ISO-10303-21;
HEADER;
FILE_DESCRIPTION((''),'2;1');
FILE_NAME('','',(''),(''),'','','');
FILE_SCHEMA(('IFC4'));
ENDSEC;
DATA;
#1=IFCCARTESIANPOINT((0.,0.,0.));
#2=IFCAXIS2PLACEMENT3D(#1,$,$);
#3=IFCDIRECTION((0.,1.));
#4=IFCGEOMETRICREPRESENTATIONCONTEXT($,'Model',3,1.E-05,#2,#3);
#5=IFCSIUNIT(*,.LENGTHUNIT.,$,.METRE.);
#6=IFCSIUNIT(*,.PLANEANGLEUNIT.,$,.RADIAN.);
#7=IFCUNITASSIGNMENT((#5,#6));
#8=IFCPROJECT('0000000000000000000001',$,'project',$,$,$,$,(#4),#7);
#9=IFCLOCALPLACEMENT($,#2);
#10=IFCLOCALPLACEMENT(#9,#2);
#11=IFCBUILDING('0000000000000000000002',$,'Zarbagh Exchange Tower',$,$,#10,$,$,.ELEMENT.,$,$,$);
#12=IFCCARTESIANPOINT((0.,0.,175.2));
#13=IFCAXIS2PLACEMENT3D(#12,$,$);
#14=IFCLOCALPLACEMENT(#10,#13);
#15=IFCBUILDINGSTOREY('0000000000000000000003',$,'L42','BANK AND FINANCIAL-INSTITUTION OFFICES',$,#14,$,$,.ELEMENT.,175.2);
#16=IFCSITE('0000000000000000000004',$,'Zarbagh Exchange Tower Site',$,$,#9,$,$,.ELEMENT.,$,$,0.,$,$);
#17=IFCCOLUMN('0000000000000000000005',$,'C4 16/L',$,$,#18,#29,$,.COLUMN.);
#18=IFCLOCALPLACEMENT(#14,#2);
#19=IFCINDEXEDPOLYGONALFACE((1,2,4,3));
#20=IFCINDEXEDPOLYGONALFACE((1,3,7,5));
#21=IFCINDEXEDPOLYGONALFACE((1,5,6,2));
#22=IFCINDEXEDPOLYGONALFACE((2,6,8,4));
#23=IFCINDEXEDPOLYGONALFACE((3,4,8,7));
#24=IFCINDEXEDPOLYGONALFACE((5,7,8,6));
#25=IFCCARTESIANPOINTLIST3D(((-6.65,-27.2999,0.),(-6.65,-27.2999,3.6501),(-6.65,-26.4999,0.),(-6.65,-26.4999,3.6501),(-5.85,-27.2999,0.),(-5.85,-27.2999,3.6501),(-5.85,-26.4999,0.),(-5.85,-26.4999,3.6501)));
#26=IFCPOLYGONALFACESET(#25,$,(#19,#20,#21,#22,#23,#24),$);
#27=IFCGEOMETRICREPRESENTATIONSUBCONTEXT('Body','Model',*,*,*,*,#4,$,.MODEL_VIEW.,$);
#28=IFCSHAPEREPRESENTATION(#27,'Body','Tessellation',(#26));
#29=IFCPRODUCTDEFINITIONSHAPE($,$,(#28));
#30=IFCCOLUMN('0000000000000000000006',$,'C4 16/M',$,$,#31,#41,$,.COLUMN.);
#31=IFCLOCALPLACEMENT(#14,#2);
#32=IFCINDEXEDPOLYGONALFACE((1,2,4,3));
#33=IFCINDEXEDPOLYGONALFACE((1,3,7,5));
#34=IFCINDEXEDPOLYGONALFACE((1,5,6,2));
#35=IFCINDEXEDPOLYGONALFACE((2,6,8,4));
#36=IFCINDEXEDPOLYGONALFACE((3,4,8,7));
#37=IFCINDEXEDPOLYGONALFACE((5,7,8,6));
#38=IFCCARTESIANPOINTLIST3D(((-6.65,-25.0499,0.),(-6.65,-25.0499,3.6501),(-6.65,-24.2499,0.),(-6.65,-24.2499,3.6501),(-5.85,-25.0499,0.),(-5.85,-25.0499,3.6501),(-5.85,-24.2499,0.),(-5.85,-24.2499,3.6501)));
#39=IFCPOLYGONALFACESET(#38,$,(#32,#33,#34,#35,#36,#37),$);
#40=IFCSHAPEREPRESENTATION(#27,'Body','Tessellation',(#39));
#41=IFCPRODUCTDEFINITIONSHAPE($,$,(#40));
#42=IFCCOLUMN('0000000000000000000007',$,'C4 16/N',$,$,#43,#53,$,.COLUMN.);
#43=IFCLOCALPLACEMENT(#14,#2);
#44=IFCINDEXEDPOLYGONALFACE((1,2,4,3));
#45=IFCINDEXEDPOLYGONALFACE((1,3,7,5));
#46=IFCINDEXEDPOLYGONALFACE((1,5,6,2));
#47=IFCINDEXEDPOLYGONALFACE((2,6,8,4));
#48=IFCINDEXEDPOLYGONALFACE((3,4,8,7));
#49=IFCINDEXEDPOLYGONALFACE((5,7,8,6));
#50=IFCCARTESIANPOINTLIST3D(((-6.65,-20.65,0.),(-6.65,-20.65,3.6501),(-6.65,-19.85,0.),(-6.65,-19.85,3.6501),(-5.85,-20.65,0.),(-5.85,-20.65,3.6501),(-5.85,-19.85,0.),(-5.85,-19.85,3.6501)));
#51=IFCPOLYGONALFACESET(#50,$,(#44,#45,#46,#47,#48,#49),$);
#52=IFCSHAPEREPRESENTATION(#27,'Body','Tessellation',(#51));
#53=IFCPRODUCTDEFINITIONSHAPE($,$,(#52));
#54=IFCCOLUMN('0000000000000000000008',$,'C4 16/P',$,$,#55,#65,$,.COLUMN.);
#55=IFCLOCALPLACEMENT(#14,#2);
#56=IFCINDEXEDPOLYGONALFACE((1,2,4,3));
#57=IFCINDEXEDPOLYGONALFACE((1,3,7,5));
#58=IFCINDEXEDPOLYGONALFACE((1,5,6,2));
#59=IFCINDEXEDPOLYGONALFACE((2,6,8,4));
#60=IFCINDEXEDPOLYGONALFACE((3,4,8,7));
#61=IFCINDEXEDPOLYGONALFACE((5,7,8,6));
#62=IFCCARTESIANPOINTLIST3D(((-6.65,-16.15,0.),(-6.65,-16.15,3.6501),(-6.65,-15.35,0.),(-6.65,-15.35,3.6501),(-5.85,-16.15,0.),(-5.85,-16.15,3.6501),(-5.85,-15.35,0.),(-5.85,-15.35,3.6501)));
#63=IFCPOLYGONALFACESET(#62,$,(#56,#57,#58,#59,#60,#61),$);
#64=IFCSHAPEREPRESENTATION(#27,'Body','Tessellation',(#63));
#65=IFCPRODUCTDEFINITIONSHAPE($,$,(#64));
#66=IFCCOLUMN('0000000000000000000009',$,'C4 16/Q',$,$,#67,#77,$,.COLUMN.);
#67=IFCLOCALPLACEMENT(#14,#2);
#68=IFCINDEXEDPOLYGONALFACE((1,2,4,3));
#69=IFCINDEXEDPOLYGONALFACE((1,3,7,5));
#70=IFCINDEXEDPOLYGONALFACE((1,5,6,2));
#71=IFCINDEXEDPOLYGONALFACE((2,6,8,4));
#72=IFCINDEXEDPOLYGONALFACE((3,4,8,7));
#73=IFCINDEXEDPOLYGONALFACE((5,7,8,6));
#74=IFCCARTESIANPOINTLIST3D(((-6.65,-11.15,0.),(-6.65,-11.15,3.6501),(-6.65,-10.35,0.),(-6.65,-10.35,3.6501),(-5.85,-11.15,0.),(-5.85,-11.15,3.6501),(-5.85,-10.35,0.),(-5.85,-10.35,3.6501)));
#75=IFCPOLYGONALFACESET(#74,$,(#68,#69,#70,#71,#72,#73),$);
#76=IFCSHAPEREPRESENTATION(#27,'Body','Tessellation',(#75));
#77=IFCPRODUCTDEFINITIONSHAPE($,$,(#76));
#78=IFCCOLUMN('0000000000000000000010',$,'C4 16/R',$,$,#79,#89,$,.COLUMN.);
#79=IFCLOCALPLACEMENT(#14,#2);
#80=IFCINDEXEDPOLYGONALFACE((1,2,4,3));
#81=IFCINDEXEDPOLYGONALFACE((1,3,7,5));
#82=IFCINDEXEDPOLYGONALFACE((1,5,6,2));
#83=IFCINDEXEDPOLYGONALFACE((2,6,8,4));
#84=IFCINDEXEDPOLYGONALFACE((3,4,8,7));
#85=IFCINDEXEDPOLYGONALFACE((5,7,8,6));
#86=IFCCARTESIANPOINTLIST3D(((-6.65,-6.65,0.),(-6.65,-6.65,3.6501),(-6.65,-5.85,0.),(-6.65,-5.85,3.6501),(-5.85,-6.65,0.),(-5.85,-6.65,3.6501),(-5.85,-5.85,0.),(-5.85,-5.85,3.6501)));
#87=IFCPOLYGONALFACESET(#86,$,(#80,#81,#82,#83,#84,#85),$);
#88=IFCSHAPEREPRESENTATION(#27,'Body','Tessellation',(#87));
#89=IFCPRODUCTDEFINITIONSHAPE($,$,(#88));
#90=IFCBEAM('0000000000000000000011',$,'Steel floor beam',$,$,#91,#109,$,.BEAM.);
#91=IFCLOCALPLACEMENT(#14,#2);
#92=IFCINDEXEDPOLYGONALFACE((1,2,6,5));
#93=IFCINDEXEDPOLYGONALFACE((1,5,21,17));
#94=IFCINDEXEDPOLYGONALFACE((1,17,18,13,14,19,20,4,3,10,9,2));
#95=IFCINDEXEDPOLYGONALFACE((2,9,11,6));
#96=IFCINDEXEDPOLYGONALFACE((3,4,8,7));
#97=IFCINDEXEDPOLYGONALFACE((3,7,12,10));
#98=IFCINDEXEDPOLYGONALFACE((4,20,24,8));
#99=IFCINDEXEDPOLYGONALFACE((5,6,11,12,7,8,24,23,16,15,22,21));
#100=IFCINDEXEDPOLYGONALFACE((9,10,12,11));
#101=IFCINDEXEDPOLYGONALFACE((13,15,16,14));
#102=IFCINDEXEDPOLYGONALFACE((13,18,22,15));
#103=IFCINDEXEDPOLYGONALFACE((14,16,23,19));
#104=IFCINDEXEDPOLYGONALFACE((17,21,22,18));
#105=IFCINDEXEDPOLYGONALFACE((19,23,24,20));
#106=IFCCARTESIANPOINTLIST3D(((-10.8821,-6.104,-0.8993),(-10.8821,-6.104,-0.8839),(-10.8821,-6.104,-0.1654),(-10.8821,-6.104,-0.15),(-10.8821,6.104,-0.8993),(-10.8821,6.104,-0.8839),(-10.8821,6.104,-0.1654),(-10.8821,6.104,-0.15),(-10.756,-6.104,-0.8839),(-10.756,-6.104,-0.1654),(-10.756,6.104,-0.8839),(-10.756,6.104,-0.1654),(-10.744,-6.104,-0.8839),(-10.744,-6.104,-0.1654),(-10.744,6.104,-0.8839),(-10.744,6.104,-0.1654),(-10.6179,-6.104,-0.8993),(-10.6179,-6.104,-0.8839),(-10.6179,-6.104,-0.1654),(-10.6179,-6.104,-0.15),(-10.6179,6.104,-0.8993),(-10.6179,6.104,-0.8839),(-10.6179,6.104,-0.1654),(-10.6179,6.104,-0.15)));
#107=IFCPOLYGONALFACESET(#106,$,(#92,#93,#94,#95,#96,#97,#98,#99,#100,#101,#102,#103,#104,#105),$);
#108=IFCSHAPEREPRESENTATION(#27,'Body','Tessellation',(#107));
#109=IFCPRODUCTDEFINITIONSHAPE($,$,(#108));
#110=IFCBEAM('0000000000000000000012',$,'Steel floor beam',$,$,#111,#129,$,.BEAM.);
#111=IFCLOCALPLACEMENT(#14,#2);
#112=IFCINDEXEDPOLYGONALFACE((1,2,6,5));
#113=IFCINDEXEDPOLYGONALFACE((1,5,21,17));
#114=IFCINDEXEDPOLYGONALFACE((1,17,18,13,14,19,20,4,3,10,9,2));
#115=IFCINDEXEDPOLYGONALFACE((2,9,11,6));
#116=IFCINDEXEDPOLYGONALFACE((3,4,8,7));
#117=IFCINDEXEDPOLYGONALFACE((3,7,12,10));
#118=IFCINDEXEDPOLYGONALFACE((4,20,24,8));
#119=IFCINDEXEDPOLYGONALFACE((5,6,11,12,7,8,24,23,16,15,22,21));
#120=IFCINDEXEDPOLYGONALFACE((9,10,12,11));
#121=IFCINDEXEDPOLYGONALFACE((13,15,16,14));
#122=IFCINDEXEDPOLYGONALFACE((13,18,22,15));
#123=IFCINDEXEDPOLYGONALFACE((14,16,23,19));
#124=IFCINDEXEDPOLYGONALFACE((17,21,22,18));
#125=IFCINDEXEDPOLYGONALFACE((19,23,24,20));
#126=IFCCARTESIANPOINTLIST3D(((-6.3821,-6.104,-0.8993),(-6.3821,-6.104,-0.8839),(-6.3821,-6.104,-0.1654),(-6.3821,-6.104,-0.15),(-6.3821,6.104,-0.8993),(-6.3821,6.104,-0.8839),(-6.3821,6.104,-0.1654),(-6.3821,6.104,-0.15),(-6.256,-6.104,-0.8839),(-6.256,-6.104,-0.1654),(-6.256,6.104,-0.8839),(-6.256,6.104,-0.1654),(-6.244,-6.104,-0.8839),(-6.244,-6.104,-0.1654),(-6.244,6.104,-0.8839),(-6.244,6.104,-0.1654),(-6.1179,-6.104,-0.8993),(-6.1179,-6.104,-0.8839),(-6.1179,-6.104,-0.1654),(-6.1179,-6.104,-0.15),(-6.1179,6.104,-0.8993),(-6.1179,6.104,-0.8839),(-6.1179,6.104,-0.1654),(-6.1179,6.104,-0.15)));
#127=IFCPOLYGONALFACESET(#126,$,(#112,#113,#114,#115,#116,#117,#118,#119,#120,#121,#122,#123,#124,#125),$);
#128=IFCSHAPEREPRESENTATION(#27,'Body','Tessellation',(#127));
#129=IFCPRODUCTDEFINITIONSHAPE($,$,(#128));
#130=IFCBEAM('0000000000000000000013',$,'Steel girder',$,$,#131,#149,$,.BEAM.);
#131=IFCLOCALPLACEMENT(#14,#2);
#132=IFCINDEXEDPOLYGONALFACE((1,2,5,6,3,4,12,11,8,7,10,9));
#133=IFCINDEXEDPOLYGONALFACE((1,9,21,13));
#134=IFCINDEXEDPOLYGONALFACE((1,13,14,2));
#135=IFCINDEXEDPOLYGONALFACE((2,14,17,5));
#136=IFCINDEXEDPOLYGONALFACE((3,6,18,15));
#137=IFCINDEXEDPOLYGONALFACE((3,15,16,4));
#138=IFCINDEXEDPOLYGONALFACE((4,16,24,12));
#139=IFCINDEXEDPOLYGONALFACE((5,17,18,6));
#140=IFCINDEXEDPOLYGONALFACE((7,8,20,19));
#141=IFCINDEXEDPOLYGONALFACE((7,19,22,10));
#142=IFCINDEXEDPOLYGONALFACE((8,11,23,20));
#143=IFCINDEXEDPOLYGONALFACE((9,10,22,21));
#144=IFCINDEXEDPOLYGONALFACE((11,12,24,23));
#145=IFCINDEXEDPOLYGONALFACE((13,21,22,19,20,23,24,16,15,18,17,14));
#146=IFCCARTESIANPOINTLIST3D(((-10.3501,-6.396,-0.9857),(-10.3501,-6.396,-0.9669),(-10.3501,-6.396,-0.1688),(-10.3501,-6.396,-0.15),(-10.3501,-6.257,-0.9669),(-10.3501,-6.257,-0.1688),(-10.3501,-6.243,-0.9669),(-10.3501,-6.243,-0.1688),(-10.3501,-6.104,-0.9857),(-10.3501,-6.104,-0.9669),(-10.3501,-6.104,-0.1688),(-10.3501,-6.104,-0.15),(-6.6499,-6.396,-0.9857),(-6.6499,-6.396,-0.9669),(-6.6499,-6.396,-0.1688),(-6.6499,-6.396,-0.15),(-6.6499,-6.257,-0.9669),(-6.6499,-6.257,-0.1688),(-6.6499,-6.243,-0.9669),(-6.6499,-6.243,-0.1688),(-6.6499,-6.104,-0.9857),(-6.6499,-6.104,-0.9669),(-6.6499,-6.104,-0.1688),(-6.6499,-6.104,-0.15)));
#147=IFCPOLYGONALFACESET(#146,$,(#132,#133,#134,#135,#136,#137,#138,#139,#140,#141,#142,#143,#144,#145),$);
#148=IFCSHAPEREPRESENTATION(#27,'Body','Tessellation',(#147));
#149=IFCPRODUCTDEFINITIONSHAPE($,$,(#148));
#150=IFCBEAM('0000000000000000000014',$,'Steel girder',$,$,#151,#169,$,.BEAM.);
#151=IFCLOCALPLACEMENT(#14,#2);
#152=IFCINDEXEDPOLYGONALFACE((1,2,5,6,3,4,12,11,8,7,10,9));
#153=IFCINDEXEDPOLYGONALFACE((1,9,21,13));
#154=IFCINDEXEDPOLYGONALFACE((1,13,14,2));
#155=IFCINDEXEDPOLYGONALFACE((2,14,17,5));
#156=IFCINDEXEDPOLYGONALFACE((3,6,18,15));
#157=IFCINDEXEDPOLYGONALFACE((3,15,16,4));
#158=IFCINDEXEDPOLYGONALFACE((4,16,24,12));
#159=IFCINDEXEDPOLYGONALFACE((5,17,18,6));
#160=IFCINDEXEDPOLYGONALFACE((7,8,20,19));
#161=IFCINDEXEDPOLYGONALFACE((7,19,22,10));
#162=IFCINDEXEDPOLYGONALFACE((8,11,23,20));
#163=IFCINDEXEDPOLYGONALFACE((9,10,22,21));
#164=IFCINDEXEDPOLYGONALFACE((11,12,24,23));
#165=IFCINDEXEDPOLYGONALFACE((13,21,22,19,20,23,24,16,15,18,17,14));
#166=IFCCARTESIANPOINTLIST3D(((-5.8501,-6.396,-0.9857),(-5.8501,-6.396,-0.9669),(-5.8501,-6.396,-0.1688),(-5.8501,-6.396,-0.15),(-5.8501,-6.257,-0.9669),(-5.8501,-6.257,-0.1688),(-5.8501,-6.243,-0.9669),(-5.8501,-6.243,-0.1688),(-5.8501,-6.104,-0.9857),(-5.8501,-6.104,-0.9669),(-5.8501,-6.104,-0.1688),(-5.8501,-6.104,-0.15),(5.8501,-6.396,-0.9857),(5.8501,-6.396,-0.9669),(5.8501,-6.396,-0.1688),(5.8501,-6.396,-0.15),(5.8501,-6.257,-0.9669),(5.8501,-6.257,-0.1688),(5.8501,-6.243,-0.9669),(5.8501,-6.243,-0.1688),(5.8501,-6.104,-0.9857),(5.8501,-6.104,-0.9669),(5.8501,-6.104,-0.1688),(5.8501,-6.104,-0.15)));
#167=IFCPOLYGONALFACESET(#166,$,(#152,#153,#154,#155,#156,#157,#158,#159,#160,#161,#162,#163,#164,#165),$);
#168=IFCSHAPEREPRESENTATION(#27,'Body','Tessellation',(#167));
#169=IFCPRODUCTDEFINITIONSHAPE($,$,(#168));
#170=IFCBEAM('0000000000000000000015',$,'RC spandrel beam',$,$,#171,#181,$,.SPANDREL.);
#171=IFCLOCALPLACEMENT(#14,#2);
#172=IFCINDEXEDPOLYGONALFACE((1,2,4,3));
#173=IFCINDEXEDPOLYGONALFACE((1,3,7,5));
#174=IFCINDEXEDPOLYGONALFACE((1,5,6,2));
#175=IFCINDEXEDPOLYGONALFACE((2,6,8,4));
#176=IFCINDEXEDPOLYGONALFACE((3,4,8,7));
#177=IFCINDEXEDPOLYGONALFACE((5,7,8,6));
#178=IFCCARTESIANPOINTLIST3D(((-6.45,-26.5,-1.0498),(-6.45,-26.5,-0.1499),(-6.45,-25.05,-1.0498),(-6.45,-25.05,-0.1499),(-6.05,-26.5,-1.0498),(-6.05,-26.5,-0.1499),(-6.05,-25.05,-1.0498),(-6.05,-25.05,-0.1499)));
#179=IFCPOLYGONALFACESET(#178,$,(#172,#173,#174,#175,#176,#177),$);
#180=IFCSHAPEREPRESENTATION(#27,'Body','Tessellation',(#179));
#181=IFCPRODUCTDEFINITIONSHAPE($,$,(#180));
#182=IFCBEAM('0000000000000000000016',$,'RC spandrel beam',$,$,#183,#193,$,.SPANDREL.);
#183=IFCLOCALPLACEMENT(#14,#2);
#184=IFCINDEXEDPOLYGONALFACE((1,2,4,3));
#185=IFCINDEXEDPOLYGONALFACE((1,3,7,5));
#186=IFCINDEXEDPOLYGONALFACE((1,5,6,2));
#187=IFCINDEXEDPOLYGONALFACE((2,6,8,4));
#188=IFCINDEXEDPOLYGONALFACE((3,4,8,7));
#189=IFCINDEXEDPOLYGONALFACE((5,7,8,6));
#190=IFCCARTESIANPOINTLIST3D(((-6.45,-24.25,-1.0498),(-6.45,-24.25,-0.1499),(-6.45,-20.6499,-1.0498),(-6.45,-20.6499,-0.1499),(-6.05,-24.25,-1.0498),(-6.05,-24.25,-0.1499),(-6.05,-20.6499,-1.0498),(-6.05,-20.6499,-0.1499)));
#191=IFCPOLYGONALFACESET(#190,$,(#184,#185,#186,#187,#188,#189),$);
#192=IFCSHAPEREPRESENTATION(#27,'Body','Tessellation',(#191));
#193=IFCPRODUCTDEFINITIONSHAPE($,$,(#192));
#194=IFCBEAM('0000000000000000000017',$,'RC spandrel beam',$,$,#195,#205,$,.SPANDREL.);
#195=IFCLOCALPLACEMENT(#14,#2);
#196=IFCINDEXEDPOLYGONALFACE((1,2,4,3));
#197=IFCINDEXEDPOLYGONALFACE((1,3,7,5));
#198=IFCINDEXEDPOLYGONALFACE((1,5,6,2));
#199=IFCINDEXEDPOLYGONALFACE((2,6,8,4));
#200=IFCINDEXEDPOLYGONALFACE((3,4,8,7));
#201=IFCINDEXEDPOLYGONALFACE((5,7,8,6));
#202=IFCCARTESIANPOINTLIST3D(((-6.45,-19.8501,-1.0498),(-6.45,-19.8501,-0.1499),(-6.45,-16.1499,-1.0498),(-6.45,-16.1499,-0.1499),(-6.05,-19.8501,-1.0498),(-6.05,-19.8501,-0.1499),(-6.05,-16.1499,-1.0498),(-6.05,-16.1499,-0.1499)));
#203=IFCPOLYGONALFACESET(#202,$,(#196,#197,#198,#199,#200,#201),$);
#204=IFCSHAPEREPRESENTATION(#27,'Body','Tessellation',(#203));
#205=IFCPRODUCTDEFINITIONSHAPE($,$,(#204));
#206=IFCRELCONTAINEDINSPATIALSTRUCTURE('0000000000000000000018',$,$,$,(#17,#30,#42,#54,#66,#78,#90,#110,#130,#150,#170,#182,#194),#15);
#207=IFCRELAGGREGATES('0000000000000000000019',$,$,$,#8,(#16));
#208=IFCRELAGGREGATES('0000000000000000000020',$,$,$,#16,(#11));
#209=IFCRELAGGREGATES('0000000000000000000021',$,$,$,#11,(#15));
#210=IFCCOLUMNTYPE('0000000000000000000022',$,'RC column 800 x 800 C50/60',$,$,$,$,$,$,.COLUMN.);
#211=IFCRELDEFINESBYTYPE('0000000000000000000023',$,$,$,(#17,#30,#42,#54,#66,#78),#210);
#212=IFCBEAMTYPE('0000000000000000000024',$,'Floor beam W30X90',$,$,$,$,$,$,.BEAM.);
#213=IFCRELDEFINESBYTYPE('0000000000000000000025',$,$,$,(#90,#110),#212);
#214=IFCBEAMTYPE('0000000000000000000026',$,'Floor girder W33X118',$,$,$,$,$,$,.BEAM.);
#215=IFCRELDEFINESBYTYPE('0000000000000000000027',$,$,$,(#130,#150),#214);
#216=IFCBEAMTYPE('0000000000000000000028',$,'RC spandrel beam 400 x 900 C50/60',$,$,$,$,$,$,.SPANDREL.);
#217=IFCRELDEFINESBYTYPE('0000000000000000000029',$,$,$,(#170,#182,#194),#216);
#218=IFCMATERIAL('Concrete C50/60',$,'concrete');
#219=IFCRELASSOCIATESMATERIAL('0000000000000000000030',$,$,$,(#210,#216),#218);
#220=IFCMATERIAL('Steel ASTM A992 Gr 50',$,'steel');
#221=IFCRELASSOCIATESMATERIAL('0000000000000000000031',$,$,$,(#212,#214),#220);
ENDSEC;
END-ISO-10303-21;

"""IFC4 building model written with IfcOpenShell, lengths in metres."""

from ifc_helpers import new_model, si_unit, direction, frame, origin, origin_2d, place, context, subcontext, project, spatial, rectangle, i_section, extrude, material, material_profile, profile_set, type_object, element, save


model = new_model("IFC4")

# Units and contexts
model_context = context("Model", 3, precision=1e-05, world=origin(), true_north=direction((0.0, 1.0)))
body_context = subcontext(model_context, "Body", "Model", "MODEL_VIEW")
ifc_project = project(units=[si_unit("LENGTHUNIT", "METRE"), si_unit("PLANEANGLEUNIT", "RADIAN")], contexts=[model_context])

# Site, building, storey
site_placement = place(None, origin())
site = spatial("IfcSite", under=ifc_project, at=site_placement, Name="Zarbagh Exchange Tower Site", CompositionType="ELEMENT", RefElevation=0.0)
building_placement = place(site_placement, origin())
building = spatial("IfcBuilding", under=site, at=building_placement, Name="Zarbagh Exchange Tower", CompositionType="ELEMENT")
storey_placement = place(building_placement, frame((0.0, 0.0, 175.2)))
storey = spatial("IfcBuildingStorey", under=building, at=storey_placement, Name="L42", Description="BANK AND FINANCIAL-INSTITUTION OFFICES", CompositionType="ELEMENT", Elevation=175.2)

# Columns
ifc_material_1 = material(Name="Concrete C50/60", Category="concrete")
ifc_material_profile_1 = material_profile(ifc_material_1, rectangle(XDim=0.8, YDim=0.8, at=origin_2d()), Name="RC column 800 x 800 C50/60")
ifc_profile_set_1 = profile_set([ifc_material_profile_1], Name="Concrete C50/60")
column_type = type_object("IfcColumnType", Name="RC column 800 x 800 C50/60", PredefinedType="COLUMN", material=ifc_profile_set_1)
for number, where, z_axis, x_axis, name in (
    (1, (-6.25, -26.8999, 0.0), (0.0, 0.0, 1.0), (1.0, 0.0, 0.0), "C4 16/L"),
    (2, (-6.25, -24.6499, 0.0), (0.0, 0.0, 1.0), (1.0, 0.0, 0.0), "C4 16/M"),
    (3, (-6.25, -20.25, 0.0), (0.0, 0.0, 1.0), (1.0, 0.0, 0.0), "C4 16/N"),
    (4, (-6.25, -15.75, 0.0), (0.0, 0.0, 1.0), (1.0, 0.0, 0.0), "C4 16/P"),
    (5, (-6.25, -10.75, 0.0), (0.0, 0.0, 1.0), (1.0, 0.0, 0.0), "C4 16/Q"),
    (6, (-6.25, -6.25, 0.0), (0.0, 0.0, 1.0), (1.0, 0.0, 0.0), "C4 16/R"),
):
    element("IfcColumn", number, at=place(storey_placement, frame(where, z_axis=z_axis, x_axis=x_axis)), inside=storey, type_object=column_type, Name=name, PredefinedType="COLUMN", context=body_context, shape_type="SweptSolid", body=[
        extrude(rectangle(XDim=0.8, YDim=0.8, at=origin_2d()), origin(), (0.0, 0.0, 1.0), 3.6501),
    ])

# Beams
ifc_material_2 = material(Name="Steel ASTM A992 Gr 50", Category="steel")
ifc_material_profile_2 = material_profile(ifc_material_2, i_section(OverallWidth=0.2642, OverallDepth=0.7493, WebThickness=0.012, FlangeThickness=0.0154, at=origin_2d()), Name="W30X90")
ifc_profile_set_2 = profile_set([ifc_material_profile_2], Name="Steel ASTM A992 Gr 50")
beam_type_1 = type_object("IfcBeamType", Name="Floor beam W30X90", PredefinedType="BEAM", material=ifc_profile_set_2)
for number, where, z_axis, x_axis, name in (
    (7, (-10.75, -6.104, -0.5247), (0.0, 1.0, 0.0), (-1.0, 0.0, 0.0), "Steel floor beam"),
    (8, (-6.25, -6.104, -0.5247), (0.0, 1.0, 0.0), (-1.0, 0.0, 0.0), "Steel floor beam"),
):
    element("IfcBeam", number, at=place(storey_placement, frame(where, z_axis=z_axis, x_axis=x_axis)), inside=storey, type_object=beam_type_1, Name=name, PredefinedType="BEAM", context=body_context, shape_type="SweptSolid", body=[
        extrude(i_section(OverallWidth=0.2642, OverallDepth=0.7493, WebThickness=0.012, FlangeThickness=0.0154, at=origin_2d()), origin(), (0.0, 0.0, 1.0), 12.208),
    ])
ifc_material_profile_3 = material_profile(ifc_material_2, i_section(OverallWidth=0.292, OverallDepth=0.8357, WebThickness=0.0139, FlangeThickness=0.0188, at=origin_2d()), Name="W33X118")
ifc_profile_set_3 = profile_set([ifc_material_profile_3], Name="Steel ASTM A992 Gr 50")
beam_type_2 = type_object("IfcBeamType", Name="Floor girder W33X118", PredefinedType="BEAM", material=ifc_profile_set_3)
beam_1_placement = place(storey_placement, frame((-10.3501, -6.25, -0.5679), z_axis=(1.0, 0.0, 0.0), x_axis=(0.0, 1.0, 0.0)))
element("IfcBeam", 9, at=beam_1_placement, inside=storey, type_object=beam_type_2, Name="Steel girder", PredefinedType="BEAM", context=body_context, shape_type="SweptSolid", body=[
    extrude(i_section(OverallWidth=0.292, OverallDepth=0.8357, WebThickness=0.0139, FlangeThickness=0.0188, at=origin_2d()), origin(), (0.0, 0.0, 1.0), 3.7002),
])
beam_2_placement = place(storey_placement, frame((-5.8501, -6.25, -0.5679), z_axis=(1.0, 0.0, 0.0), x_axis=(0.0, 1.0, 0.0)))
element("IfcBeam", 10, at=beam_2_placement, inside=storey, type_object=beam_type_2, Name="Steel girder", PredefinedType="BEAM", context=body_context, shape_type="SweptSolid", body=[
    extrude(i_section(OverallWidth=0.292, OverallDepth=0.8357, WebThickness=0.0139, FlangeThickness=0.0188, at=origin_2d()), origin(), (0.0, 0.0, 1.0), 11.7002),
])
ifc_material_profile_4 = material_profile(ifc_material_1, rectangle(XDim=0.3999, YDim=0.8999, at=origin_2d()), Name="RC spandrel beam 400 x 900 C50/60")
ifc_profile_set_4 = profile_set([ifc_material_profile_4], Name="Concrete C50/60")
beam_type_3 = type_object("IfcBeamType", Name="RC spandrel beam 400 x 900 C50/60", PredefinedType="SPANDREL", material=ifc_profile_set_4)
beam_3_placement = place(storey_placement, frame((-6.25, -26.5, -0.5999), z_axis=(0.0, 1.0, 0.0), x_axis=(-1.0, 0.0, 0.0)))
element("IfcBeam", 11, at=beam_3_placement, inside=storey, type_object=beam_type_3, Name="RC spandrel beam", PredefinedType="SPANDREL", context=body_context, shape_type="SweptSolid", body=[
    extrude(rectangle(XDim=0.3999, YDim=0.8999, at=origin_2d()), origin(), (0.0, 0.0, 1.0), 1.45),
])
beam_4_placement = place(storey_placement, frame((-6.25, -24.25, -0.5999), z_axis=(0.0, 1.0, 0.0), x_axis=(-1.0, 0.0, 0.0)))
element("IfcBeam", 12, at=beam_4_placement, inside=storey, type_object=beam_type_3, Name="RC spandrel beam", PredefinedType="SPANDREL", context=body_context, shape_type="SweptSolid", body=[
    extrude(rectangle(XDim=0.3999, YDim=0.8999, at=origin_2d()), origin(), (0.0, 0.0, 1.0), 3.6001),
])
beam_5_placement = place(storey_placement, frame((-6.25, -19.8501, -0.5999), z_axis=(0.0, 1.0, 0.0), x_axis=(-1.0, 0.0, 0.0)))
element("IfcBeam", 13, at=beam_5_placement, inside=storey, type_object=beam_type_3, Name="RC spandrel beam", PredefinedType="SPANDREL", context=body_context, shape_type="SweptSolid", body=[
    extrude(rectangle(XDim=0.3999, YDim=0.8999, at=origin_2d()), origin(), (0.0, 0.0, 1.0), 3.7002),
])

save(model, "model.ifc")
